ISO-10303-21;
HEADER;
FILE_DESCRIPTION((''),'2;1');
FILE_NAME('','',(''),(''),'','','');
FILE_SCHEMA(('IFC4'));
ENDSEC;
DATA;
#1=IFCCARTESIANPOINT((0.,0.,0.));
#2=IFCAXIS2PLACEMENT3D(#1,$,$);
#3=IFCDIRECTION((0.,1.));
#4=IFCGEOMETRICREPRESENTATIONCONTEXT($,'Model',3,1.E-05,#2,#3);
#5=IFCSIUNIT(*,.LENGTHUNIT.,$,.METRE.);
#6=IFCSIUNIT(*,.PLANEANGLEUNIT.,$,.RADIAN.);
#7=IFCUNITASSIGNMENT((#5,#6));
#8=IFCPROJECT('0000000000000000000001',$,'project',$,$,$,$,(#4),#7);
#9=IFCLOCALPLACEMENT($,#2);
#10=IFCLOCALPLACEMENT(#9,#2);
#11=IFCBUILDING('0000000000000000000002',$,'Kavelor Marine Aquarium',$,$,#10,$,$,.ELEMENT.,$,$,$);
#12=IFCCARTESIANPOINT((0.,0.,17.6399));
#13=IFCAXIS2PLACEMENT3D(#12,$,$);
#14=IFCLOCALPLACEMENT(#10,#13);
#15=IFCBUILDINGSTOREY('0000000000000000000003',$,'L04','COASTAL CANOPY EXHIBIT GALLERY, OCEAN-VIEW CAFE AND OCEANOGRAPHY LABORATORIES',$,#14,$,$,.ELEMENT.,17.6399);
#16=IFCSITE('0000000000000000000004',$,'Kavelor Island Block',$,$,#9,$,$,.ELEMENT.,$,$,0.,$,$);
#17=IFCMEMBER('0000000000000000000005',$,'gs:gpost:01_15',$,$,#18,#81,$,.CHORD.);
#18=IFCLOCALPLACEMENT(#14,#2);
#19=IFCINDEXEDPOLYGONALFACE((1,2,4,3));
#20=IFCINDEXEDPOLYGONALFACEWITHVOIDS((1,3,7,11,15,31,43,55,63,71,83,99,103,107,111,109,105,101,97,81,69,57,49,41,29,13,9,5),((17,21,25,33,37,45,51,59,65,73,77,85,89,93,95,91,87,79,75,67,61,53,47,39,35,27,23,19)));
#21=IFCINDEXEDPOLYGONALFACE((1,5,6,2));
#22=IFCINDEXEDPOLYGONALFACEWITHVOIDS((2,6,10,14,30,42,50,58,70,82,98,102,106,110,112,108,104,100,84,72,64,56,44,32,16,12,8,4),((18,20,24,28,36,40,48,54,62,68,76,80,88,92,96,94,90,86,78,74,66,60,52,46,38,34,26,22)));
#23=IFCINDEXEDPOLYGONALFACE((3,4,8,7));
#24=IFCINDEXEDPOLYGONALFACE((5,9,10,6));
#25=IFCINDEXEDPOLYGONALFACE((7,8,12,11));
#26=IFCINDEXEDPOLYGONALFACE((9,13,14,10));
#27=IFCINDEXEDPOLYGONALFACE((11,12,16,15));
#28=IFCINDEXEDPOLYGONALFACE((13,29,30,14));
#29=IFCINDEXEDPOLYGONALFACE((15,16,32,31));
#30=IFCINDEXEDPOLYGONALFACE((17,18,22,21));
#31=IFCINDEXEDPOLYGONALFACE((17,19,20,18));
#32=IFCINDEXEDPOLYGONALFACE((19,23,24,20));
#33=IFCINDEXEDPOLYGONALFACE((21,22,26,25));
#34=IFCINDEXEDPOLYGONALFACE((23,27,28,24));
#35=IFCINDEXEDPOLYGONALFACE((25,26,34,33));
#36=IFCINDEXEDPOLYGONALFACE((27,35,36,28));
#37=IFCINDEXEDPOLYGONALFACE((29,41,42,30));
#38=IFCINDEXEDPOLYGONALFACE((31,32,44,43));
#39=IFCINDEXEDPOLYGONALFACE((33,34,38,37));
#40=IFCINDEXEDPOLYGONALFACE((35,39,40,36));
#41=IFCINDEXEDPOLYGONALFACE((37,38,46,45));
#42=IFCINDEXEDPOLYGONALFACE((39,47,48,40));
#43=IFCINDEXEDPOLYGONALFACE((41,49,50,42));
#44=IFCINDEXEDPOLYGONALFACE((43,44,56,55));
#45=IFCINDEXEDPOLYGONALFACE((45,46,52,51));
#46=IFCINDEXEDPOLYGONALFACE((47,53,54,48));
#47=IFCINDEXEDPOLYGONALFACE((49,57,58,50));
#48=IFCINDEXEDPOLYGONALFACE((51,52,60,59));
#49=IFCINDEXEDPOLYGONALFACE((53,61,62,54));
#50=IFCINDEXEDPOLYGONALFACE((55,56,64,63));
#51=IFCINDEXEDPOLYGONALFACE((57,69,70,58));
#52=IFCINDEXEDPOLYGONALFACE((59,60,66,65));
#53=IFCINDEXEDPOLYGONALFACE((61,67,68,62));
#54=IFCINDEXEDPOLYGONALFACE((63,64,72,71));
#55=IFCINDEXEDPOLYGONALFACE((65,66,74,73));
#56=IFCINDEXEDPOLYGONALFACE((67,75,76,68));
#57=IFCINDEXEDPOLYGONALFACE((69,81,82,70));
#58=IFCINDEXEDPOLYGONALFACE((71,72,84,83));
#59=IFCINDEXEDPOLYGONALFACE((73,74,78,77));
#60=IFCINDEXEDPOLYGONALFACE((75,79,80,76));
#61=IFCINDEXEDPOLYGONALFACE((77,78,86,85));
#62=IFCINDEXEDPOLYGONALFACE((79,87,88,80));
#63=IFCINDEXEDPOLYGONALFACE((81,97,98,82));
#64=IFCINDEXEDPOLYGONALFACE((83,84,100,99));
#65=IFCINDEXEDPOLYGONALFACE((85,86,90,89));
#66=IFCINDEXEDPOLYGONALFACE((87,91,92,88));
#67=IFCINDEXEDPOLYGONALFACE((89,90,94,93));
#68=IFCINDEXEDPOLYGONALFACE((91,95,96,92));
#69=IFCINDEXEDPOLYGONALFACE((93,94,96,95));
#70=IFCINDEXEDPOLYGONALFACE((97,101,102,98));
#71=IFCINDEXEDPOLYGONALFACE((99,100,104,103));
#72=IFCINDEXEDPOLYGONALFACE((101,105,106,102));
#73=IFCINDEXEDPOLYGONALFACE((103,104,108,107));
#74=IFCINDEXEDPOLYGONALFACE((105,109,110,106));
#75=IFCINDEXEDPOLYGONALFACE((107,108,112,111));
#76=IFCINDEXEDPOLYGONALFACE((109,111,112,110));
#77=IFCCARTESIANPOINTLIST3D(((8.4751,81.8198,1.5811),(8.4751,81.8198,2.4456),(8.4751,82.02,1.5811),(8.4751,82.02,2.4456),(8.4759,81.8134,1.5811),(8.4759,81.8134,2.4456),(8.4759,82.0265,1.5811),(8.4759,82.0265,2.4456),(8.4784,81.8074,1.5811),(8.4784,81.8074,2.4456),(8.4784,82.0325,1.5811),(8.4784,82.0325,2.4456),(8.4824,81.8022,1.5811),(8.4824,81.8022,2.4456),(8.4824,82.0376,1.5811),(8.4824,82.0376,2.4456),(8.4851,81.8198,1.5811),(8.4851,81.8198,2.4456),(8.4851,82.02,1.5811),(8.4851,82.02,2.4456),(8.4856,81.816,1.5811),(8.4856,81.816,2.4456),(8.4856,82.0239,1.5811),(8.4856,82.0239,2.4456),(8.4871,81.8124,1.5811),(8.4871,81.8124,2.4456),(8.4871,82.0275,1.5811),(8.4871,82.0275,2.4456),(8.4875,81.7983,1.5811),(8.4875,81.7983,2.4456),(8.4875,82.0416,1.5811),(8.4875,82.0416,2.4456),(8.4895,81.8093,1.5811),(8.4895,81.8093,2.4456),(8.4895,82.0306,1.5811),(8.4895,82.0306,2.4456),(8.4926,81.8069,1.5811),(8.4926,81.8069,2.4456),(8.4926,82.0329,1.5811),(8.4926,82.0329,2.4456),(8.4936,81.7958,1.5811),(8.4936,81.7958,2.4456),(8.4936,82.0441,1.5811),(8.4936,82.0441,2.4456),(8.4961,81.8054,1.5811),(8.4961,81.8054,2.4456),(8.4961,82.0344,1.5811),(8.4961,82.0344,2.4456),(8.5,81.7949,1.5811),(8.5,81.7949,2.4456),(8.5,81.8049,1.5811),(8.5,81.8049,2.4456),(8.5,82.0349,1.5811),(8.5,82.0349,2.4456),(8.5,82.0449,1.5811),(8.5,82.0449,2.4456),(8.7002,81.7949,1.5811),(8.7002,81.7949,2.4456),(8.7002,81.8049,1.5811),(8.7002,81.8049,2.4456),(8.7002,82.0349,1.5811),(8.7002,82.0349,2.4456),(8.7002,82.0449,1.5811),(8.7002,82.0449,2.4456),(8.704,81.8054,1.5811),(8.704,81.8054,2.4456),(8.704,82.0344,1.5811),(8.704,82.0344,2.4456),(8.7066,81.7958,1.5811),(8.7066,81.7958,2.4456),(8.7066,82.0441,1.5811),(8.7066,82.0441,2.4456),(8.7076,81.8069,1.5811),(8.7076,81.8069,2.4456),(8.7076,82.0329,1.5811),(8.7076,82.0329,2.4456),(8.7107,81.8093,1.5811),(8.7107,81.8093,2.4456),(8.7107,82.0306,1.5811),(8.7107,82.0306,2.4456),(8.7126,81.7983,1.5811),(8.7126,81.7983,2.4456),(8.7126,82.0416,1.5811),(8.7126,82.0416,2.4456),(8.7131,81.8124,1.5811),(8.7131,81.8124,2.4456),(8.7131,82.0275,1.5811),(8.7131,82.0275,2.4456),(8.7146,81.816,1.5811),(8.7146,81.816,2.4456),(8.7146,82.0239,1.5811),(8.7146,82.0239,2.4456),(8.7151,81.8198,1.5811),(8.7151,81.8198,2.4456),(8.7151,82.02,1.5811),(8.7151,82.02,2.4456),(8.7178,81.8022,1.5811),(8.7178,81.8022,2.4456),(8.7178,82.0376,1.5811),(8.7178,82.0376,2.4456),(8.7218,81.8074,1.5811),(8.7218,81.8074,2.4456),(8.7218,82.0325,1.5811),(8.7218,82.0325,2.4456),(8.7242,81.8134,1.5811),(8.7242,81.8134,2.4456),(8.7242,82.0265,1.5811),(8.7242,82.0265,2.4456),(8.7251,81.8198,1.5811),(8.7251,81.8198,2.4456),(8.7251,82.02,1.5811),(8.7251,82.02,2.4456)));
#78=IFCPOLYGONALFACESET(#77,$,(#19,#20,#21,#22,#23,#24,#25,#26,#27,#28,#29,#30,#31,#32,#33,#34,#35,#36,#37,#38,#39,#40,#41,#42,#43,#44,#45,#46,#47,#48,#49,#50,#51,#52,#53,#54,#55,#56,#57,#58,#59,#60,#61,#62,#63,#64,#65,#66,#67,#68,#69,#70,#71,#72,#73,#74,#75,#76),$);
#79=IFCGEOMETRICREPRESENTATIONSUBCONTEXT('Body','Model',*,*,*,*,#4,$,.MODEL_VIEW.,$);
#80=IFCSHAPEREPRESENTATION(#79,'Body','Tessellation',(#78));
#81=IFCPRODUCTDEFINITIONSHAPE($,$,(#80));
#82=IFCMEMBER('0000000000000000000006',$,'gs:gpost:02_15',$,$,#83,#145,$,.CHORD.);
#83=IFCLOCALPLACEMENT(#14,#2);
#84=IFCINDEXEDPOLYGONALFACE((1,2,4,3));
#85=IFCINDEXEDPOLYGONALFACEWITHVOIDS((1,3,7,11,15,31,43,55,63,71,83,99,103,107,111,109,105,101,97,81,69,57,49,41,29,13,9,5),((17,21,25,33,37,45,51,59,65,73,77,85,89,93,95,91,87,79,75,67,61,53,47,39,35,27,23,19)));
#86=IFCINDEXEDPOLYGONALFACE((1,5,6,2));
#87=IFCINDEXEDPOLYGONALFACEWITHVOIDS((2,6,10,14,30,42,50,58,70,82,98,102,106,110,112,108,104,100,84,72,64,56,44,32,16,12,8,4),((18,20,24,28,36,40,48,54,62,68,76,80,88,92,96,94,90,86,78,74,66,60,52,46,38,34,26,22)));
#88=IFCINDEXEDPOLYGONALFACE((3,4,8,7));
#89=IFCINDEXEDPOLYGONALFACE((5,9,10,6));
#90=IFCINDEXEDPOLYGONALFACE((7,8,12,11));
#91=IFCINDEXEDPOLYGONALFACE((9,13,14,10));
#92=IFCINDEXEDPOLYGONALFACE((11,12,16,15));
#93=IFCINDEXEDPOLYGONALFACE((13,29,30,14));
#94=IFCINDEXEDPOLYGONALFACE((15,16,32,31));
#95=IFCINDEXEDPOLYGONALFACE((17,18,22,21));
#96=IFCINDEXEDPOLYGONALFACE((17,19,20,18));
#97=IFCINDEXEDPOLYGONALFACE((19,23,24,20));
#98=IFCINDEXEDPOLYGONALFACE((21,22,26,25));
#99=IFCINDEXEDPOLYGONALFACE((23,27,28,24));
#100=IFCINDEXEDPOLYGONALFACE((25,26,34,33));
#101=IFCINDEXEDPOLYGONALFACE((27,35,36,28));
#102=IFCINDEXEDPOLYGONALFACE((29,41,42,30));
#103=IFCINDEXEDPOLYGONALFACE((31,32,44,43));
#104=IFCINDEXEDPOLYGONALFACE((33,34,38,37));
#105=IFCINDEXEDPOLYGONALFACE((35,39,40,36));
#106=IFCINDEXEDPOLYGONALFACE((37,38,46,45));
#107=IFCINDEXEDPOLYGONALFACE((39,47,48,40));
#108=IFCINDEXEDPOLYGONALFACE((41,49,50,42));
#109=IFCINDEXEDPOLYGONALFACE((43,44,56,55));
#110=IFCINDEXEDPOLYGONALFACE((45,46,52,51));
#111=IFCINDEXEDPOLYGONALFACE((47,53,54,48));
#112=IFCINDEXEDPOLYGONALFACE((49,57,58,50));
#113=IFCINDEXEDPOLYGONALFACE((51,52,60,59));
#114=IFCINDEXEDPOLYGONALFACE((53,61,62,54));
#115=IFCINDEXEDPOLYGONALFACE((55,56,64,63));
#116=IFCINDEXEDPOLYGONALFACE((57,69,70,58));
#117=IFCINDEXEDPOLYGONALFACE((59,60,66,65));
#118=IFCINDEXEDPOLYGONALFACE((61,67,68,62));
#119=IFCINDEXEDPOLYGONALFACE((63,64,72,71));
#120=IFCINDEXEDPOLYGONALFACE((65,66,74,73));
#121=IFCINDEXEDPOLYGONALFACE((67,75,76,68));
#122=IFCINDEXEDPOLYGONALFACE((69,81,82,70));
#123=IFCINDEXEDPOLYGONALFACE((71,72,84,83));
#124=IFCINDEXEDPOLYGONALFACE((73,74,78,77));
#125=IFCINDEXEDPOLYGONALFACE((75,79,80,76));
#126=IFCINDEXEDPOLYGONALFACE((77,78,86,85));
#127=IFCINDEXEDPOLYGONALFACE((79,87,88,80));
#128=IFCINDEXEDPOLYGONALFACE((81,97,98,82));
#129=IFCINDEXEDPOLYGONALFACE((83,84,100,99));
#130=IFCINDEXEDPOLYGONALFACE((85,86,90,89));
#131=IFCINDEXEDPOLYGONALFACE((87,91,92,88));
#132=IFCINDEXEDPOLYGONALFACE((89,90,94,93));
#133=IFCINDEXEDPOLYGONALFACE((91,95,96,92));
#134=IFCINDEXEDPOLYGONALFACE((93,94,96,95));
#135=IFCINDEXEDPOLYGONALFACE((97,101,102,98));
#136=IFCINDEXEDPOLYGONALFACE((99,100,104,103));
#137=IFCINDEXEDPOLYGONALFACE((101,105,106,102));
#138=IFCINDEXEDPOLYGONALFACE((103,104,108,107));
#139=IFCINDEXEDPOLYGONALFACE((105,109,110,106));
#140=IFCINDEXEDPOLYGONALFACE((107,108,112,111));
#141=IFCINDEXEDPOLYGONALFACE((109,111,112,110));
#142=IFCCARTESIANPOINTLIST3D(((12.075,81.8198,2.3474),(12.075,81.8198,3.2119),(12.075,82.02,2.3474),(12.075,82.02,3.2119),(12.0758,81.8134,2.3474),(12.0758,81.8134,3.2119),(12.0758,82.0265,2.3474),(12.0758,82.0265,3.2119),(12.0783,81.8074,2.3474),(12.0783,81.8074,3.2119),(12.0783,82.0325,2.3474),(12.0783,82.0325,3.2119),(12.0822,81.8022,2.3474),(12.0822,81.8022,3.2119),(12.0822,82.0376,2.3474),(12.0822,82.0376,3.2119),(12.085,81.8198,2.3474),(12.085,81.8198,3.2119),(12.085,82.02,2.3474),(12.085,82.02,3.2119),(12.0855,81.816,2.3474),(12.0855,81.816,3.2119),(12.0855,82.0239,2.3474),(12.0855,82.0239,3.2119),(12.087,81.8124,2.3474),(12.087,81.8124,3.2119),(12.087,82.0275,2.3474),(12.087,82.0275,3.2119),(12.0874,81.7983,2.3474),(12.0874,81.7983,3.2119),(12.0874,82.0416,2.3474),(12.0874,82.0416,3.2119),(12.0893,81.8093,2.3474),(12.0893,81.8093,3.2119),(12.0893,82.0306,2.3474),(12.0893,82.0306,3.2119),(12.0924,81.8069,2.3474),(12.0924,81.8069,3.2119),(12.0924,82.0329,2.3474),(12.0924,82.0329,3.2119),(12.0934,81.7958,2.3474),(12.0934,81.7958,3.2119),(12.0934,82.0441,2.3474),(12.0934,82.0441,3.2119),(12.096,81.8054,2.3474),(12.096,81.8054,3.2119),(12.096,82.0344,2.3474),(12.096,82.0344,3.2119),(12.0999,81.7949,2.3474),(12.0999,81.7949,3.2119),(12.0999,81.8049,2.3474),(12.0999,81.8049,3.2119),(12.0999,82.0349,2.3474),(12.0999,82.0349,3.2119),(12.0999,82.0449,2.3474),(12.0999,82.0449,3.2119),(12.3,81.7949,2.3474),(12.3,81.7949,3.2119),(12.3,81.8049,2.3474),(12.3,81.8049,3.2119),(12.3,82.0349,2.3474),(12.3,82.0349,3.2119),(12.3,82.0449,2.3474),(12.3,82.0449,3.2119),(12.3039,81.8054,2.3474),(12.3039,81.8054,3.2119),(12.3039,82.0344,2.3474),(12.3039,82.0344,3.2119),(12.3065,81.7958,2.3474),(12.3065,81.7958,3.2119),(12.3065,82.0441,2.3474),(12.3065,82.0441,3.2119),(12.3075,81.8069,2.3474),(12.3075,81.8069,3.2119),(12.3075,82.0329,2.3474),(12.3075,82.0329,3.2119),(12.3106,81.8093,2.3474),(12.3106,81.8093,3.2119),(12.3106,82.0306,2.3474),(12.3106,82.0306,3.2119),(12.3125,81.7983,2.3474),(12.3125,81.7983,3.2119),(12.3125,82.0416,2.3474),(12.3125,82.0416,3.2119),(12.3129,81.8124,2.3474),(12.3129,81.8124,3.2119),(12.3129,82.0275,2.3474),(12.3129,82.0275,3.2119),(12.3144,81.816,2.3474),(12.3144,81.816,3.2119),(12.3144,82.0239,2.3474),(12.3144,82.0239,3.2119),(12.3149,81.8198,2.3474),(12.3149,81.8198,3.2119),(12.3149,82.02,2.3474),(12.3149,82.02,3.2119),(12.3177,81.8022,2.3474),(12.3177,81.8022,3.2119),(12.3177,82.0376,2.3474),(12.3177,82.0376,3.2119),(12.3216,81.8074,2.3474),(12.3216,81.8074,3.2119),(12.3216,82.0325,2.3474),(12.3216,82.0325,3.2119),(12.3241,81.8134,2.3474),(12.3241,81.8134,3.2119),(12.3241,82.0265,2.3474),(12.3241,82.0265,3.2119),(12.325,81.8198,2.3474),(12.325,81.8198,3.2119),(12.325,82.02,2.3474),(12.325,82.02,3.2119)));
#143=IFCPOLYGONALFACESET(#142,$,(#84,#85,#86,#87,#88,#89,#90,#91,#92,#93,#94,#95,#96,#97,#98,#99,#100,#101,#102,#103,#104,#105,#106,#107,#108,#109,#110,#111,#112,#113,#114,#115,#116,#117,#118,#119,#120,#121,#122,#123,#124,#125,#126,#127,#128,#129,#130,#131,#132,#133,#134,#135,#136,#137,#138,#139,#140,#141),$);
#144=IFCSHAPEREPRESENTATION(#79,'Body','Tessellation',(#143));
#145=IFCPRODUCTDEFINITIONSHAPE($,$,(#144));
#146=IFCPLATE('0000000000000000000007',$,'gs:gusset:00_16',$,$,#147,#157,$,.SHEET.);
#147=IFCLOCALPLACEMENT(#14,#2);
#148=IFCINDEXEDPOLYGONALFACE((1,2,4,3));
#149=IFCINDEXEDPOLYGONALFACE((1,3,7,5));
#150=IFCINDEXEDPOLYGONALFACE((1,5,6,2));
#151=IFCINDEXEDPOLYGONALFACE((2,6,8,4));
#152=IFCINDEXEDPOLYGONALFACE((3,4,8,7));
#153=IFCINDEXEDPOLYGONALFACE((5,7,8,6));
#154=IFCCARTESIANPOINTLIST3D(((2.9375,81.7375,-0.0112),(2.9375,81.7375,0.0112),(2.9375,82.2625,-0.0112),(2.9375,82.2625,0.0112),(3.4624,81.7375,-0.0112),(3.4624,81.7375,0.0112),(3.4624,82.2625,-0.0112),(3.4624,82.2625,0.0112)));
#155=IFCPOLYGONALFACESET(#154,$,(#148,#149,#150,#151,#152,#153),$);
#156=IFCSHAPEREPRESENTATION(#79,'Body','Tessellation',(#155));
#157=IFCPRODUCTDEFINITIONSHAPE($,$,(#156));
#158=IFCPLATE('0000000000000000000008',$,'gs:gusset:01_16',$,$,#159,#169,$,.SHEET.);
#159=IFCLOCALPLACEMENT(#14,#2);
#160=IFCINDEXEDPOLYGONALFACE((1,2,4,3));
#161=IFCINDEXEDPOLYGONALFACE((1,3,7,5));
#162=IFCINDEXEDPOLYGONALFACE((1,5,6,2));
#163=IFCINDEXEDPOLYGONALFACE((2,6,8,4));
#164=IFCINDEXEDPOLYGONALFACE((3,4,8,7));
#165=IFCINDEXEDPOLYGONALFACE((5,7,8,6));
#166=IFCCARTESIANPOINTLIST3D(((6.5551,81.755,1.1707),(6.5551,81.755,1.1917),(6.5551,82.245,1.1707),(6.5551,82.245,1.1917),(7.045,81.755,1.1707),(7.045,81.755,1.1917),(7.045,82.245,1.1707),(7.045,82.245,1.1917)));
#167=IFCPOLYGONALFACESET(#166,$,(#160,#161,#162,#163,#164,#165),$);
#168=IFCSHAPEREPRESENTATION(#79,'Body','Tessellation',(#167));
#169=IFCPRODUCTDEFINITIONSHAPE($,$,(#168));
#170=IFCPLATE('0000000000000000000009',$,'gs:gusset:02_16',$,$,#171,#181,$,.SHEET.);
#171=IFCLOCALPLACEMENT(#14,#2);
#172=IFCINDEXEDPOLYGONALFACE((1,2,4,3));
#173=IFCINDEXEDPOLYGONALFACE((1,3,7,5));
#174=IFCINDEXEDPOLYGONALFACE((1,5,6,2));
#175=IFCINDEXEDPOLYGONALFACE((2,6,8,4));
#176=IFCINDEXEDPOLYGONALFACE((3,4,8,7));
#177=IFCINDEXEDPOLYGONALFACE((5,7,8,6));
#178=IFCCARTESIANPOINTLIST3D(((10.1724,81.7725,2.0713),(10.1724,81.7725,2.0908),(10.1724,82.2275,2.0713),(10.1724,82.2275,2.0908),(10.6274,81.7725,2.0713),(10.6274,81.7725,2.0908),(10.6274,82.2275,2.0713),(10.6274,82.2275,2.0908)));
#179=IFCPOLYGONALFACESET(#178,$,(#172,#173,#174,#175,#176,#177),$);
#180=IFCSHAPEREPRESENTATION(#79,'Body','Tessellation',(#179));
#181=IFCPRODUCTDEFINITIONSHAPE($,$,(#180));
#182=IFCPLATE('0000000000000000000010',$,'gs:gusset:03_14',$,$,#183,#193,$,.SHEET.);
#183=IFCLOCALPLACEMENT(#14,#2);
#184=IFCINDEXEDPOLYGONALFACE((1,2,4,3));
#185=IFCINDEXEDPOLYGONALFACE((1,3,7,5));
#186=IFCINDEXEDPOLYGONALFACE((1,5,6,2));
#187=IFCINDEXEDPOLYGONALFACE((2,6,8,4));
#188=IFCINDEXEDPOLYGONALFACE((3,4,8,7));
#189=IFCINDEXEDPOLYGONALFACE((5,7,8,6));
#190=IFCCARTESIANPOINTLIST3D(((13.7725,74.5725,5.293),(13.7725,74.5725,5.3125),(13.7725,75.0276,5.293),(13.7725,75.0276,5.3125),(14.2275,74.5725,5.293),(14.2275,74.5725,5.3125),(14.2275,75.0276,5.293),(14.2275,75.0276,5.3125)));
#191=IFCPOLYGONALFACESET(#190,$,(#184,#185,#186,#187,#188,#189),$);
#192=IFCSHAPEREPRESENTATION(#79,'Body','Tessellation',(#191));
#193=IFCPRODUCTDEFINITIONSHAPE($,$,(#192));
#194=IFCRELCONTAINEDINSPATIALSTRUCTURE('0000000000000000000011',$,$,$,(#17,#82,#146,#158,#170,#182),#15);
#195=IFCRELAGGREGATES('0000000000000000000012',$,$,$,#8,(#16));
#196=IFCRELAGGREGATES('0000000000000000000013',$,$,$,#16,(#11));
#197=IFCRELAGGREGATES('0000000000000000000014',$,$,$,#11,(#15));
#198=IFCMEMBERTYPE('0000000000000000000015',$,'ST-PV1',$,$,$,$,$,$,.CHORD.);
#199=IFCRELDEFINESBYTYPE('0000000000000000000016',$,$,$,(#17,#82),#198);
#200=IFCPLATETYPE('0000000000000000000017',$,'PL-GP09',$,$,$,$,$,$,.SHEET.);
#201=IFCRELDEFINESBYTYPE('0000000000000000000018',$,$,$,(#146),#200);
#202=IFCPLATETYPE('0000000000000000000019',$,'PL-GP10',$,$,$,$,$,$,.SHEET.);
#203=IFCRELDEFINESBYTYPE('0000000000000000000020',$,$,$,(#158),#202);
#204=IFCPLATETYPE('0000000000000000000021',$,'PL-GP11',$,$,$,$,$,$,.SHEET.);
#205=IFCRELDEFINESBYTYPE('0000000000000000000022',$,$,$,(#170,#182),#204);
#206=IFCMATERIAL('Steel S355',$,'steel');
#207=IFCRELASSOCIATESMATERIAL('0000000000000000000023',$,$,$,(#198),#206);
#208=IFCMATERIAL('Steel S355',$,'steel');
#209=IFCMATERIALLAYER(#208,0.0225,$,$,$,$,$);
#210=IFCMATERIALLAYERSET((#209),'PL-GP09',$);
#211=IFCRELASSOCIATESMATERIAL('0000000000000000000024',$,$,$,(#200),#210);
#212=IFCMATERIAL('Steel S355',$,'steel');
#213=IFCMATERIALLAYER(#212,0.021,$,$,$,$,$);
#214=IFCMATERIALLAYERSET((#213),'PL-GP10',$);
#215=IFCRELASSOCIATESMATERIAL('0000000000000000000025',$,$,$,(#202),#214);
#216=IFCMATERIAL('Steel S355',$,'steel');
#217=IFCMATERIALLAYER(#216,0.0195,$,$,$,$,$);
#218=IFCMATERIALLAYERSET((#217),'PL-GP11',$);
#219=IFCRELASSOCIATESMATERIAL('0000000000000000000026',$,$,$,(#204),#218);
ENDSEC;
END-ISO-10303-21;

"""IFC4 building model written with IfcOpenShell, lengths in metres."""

from ifc_helpers import new_model, si_unit, direction, frame, origin, origin_2d, place, context, subcontext, project, spatial, rectangle, hollow_rectangle, extrude, material, layer, layer_set, material_profile, profile_set, type_object, element, save


model = new_model("IFC4")

# Units and contexts
model_context = context("Model", 3, precision=1e-05, world=origin(), true_north=direction((0.0, 1.0)))
body_context = subcontext(model_context, "Body", "Model", "MODEL_VIEW")
ifc_project = project(units=[si_unit("LENGTHUNIT", "METRE"), si_unit("PLANEANGLEUNIT", "RADIAN")], contexts=[model_context])

# Site, building, storey
site_placement = place(None, origin())
site = spatial("IfcSite", under=ifc_project, at=site_placement, Name="Kavelor Island Block", CompositionType="ELEMENT", RefElevation=0.0)
building_placement = place(site_placement, origin())
building = spatial("IfcBuilding", under=site, at=building_placement, Name="Kavelor Marine Aquarium", CompositionType="ELEMENT")
storey_placement = place(building_placement, frame((0.0, 0.0, 17.6399)))
storey = spatial("IfcBuildingStorey", under=building, at=storey_placement, Name="L04", Description="COASTAL CANOPY EXHIBIT GALLERY, OCEAN-VIEW CAFE AND OCEANOGRAPHY LABORATORIES", CompositionType="ELEMENT", Elevation=17.6399)

# Members
ifc_material_1 = material(Name="Steel S355", Category="steel")
ifc_material_profile_1 = material_profile(ifc_material_1, hollow_rectangle(XDim=0.25, YDim=0.25, WallThickness=0.01, InnerFilletRadius=0.0149, OuterFilletRadius=0.0249, at=origin_2d()), Name="SHS 250x250x10.0")
ifc_profile_set_1 = profile_set([ifc_material_profile_1], Name="Steel S355")
member_type_1 = type_object("IfcMemberType", Name="ST-PV1", PredefinedType="CHORD", material=ifc_profile_set_1)
for number, where, z_axis, x_axis, name in (
    (1, (8.6001, 81.9199, 1.5811), (0.0, 0.0, 1.0), (1.0, 0.0, 0.0), "gs:gpost:01_15"),
    (2, (12.2, 81.9199, 2.3474), (0.0, 0.0, 1.0), (1.0, 0.0, 0.0), "gs:gpost:02_15"),
):
    element("IfcMember", number, at=place(storey_placement, frame(where, z_axis=z_axis, x_axis=x_axis)), inside=storey, type_object=member_type_1, Name=name, PredefinedType="CHORD", context=body_context, shape_type="SweptSolid", body=[
        extrude(hollow_rectangle(XDim=0.25, YDim=0.25, WallThickness=0.01, InnerFilletRadius=0.0149, OuterFilletRadius=0.0249, at=origin_2d()), origin(), (0.0, 0.0, 1.0), 0.8645),
    ])

# Plates
ifc_material_2 = material(Name="Steel S355", Category="steel")
ifc_layer_1 = layer(ifc_material_2, 0.0225)
ifc_layer_set_1 = layer_set([ifc_layer_1], Name="PL-GP09")
plate_type_1 = type_object("IfcPlateType", Name="PL-GP09", PredefinedType="SHEET", material=ifc_layer_set_1)
plate_1_placement = place(storey_placement, frame((3.2, 82.0, -0.0112), z_axis=(0.0, 0.0, 1.0), x_axis=(1.0, 0.0, 0.0)))
element("IfcPlate", 3, at=plate_1_placement, inside=storey, type_object=plate_type_1, Name="gs:gusset:00_16", PredefinedType="SHEET", context=body_context, shape_type="SweptSolid", body=[
    extrude(rectangle(XDim=0.5249, YDim=0.5249, at=origin_2d()), origin(), (0.0, 0.0, 1.0), 0.0225),
])
ifc_material_3 = material(Name="Steel S355", Category="steel")
ifc_layer_2 = layer(ifc_material_3, 0.021)
ifc_layer_set_2 = layer_set([ifc_layer_2], Name="PL-GP10")
plate_type_2 = type_object("IfcPlateType", Name="PL-GP10", PredefinedType="SHEET", material=ifc_layer_set_2)
plate_2_placement = place(storey_placement, frame((6.8, 82.0, 1.1707), z_axis=(0.0, 0.0, 1.0), x_axis=(1.0, 0.0, 0.0)))
element("IfcPlate", 4, at=plate_2_placement, inside=storey, type_object=plate_type_2, Name="gs:gusset:01_16", PredefinedType="SHEET", context=body_context, shape_type="SweptSolid", body=[
    extrude(rectangle(XDim=0.49, YDim=0.49, at=origin_2d()), origin(), (0.0, 0.0, 1.0), 0.021),
])
ifc_material_4 = material(Name="Steel S355", Category="steel")
ifc_layer_3 = layer(ifc_material_4, 0.0195)
ifc_layer_set_3 = layer_set([ifc_layer_3], Name="PL-GP11")
plate_type_3 = type_object("IfcPlateType", Name="PL-GP11", PredefinedType="SHEET", material=ifc_layer_set_3)
for number, where, z_axis, x_axis, name in (
    (5, (10.3999, 82.0, 2.0713), (0.0, 0.0, 1.0), (1.0, 0.0, 0.0), "gs:gusset:02_16"),
    (6, (14.0, 74.8, 5.293), (0.0, 0.0, 1.0), (1.0, 0.0, 0.0), "gs:gusset:03_14"),
):
    element("IfcPlate", number, at=place(storey_placement, frame(where, z_axis=z_axis, x_axis=x_axis)), inside=storey, type_object=plate_type_3, Name=name, PredefinedType="SHEET", context=body_context, shape_type="SweptSolid", body=[
        extrude(rectangle(XDim=0.4551, YDim=0.4551, at=origin_2d()), origin(), (0.0, 0.0, 1.0), 0.0195),
    ])

save(model, "model.ifc")
